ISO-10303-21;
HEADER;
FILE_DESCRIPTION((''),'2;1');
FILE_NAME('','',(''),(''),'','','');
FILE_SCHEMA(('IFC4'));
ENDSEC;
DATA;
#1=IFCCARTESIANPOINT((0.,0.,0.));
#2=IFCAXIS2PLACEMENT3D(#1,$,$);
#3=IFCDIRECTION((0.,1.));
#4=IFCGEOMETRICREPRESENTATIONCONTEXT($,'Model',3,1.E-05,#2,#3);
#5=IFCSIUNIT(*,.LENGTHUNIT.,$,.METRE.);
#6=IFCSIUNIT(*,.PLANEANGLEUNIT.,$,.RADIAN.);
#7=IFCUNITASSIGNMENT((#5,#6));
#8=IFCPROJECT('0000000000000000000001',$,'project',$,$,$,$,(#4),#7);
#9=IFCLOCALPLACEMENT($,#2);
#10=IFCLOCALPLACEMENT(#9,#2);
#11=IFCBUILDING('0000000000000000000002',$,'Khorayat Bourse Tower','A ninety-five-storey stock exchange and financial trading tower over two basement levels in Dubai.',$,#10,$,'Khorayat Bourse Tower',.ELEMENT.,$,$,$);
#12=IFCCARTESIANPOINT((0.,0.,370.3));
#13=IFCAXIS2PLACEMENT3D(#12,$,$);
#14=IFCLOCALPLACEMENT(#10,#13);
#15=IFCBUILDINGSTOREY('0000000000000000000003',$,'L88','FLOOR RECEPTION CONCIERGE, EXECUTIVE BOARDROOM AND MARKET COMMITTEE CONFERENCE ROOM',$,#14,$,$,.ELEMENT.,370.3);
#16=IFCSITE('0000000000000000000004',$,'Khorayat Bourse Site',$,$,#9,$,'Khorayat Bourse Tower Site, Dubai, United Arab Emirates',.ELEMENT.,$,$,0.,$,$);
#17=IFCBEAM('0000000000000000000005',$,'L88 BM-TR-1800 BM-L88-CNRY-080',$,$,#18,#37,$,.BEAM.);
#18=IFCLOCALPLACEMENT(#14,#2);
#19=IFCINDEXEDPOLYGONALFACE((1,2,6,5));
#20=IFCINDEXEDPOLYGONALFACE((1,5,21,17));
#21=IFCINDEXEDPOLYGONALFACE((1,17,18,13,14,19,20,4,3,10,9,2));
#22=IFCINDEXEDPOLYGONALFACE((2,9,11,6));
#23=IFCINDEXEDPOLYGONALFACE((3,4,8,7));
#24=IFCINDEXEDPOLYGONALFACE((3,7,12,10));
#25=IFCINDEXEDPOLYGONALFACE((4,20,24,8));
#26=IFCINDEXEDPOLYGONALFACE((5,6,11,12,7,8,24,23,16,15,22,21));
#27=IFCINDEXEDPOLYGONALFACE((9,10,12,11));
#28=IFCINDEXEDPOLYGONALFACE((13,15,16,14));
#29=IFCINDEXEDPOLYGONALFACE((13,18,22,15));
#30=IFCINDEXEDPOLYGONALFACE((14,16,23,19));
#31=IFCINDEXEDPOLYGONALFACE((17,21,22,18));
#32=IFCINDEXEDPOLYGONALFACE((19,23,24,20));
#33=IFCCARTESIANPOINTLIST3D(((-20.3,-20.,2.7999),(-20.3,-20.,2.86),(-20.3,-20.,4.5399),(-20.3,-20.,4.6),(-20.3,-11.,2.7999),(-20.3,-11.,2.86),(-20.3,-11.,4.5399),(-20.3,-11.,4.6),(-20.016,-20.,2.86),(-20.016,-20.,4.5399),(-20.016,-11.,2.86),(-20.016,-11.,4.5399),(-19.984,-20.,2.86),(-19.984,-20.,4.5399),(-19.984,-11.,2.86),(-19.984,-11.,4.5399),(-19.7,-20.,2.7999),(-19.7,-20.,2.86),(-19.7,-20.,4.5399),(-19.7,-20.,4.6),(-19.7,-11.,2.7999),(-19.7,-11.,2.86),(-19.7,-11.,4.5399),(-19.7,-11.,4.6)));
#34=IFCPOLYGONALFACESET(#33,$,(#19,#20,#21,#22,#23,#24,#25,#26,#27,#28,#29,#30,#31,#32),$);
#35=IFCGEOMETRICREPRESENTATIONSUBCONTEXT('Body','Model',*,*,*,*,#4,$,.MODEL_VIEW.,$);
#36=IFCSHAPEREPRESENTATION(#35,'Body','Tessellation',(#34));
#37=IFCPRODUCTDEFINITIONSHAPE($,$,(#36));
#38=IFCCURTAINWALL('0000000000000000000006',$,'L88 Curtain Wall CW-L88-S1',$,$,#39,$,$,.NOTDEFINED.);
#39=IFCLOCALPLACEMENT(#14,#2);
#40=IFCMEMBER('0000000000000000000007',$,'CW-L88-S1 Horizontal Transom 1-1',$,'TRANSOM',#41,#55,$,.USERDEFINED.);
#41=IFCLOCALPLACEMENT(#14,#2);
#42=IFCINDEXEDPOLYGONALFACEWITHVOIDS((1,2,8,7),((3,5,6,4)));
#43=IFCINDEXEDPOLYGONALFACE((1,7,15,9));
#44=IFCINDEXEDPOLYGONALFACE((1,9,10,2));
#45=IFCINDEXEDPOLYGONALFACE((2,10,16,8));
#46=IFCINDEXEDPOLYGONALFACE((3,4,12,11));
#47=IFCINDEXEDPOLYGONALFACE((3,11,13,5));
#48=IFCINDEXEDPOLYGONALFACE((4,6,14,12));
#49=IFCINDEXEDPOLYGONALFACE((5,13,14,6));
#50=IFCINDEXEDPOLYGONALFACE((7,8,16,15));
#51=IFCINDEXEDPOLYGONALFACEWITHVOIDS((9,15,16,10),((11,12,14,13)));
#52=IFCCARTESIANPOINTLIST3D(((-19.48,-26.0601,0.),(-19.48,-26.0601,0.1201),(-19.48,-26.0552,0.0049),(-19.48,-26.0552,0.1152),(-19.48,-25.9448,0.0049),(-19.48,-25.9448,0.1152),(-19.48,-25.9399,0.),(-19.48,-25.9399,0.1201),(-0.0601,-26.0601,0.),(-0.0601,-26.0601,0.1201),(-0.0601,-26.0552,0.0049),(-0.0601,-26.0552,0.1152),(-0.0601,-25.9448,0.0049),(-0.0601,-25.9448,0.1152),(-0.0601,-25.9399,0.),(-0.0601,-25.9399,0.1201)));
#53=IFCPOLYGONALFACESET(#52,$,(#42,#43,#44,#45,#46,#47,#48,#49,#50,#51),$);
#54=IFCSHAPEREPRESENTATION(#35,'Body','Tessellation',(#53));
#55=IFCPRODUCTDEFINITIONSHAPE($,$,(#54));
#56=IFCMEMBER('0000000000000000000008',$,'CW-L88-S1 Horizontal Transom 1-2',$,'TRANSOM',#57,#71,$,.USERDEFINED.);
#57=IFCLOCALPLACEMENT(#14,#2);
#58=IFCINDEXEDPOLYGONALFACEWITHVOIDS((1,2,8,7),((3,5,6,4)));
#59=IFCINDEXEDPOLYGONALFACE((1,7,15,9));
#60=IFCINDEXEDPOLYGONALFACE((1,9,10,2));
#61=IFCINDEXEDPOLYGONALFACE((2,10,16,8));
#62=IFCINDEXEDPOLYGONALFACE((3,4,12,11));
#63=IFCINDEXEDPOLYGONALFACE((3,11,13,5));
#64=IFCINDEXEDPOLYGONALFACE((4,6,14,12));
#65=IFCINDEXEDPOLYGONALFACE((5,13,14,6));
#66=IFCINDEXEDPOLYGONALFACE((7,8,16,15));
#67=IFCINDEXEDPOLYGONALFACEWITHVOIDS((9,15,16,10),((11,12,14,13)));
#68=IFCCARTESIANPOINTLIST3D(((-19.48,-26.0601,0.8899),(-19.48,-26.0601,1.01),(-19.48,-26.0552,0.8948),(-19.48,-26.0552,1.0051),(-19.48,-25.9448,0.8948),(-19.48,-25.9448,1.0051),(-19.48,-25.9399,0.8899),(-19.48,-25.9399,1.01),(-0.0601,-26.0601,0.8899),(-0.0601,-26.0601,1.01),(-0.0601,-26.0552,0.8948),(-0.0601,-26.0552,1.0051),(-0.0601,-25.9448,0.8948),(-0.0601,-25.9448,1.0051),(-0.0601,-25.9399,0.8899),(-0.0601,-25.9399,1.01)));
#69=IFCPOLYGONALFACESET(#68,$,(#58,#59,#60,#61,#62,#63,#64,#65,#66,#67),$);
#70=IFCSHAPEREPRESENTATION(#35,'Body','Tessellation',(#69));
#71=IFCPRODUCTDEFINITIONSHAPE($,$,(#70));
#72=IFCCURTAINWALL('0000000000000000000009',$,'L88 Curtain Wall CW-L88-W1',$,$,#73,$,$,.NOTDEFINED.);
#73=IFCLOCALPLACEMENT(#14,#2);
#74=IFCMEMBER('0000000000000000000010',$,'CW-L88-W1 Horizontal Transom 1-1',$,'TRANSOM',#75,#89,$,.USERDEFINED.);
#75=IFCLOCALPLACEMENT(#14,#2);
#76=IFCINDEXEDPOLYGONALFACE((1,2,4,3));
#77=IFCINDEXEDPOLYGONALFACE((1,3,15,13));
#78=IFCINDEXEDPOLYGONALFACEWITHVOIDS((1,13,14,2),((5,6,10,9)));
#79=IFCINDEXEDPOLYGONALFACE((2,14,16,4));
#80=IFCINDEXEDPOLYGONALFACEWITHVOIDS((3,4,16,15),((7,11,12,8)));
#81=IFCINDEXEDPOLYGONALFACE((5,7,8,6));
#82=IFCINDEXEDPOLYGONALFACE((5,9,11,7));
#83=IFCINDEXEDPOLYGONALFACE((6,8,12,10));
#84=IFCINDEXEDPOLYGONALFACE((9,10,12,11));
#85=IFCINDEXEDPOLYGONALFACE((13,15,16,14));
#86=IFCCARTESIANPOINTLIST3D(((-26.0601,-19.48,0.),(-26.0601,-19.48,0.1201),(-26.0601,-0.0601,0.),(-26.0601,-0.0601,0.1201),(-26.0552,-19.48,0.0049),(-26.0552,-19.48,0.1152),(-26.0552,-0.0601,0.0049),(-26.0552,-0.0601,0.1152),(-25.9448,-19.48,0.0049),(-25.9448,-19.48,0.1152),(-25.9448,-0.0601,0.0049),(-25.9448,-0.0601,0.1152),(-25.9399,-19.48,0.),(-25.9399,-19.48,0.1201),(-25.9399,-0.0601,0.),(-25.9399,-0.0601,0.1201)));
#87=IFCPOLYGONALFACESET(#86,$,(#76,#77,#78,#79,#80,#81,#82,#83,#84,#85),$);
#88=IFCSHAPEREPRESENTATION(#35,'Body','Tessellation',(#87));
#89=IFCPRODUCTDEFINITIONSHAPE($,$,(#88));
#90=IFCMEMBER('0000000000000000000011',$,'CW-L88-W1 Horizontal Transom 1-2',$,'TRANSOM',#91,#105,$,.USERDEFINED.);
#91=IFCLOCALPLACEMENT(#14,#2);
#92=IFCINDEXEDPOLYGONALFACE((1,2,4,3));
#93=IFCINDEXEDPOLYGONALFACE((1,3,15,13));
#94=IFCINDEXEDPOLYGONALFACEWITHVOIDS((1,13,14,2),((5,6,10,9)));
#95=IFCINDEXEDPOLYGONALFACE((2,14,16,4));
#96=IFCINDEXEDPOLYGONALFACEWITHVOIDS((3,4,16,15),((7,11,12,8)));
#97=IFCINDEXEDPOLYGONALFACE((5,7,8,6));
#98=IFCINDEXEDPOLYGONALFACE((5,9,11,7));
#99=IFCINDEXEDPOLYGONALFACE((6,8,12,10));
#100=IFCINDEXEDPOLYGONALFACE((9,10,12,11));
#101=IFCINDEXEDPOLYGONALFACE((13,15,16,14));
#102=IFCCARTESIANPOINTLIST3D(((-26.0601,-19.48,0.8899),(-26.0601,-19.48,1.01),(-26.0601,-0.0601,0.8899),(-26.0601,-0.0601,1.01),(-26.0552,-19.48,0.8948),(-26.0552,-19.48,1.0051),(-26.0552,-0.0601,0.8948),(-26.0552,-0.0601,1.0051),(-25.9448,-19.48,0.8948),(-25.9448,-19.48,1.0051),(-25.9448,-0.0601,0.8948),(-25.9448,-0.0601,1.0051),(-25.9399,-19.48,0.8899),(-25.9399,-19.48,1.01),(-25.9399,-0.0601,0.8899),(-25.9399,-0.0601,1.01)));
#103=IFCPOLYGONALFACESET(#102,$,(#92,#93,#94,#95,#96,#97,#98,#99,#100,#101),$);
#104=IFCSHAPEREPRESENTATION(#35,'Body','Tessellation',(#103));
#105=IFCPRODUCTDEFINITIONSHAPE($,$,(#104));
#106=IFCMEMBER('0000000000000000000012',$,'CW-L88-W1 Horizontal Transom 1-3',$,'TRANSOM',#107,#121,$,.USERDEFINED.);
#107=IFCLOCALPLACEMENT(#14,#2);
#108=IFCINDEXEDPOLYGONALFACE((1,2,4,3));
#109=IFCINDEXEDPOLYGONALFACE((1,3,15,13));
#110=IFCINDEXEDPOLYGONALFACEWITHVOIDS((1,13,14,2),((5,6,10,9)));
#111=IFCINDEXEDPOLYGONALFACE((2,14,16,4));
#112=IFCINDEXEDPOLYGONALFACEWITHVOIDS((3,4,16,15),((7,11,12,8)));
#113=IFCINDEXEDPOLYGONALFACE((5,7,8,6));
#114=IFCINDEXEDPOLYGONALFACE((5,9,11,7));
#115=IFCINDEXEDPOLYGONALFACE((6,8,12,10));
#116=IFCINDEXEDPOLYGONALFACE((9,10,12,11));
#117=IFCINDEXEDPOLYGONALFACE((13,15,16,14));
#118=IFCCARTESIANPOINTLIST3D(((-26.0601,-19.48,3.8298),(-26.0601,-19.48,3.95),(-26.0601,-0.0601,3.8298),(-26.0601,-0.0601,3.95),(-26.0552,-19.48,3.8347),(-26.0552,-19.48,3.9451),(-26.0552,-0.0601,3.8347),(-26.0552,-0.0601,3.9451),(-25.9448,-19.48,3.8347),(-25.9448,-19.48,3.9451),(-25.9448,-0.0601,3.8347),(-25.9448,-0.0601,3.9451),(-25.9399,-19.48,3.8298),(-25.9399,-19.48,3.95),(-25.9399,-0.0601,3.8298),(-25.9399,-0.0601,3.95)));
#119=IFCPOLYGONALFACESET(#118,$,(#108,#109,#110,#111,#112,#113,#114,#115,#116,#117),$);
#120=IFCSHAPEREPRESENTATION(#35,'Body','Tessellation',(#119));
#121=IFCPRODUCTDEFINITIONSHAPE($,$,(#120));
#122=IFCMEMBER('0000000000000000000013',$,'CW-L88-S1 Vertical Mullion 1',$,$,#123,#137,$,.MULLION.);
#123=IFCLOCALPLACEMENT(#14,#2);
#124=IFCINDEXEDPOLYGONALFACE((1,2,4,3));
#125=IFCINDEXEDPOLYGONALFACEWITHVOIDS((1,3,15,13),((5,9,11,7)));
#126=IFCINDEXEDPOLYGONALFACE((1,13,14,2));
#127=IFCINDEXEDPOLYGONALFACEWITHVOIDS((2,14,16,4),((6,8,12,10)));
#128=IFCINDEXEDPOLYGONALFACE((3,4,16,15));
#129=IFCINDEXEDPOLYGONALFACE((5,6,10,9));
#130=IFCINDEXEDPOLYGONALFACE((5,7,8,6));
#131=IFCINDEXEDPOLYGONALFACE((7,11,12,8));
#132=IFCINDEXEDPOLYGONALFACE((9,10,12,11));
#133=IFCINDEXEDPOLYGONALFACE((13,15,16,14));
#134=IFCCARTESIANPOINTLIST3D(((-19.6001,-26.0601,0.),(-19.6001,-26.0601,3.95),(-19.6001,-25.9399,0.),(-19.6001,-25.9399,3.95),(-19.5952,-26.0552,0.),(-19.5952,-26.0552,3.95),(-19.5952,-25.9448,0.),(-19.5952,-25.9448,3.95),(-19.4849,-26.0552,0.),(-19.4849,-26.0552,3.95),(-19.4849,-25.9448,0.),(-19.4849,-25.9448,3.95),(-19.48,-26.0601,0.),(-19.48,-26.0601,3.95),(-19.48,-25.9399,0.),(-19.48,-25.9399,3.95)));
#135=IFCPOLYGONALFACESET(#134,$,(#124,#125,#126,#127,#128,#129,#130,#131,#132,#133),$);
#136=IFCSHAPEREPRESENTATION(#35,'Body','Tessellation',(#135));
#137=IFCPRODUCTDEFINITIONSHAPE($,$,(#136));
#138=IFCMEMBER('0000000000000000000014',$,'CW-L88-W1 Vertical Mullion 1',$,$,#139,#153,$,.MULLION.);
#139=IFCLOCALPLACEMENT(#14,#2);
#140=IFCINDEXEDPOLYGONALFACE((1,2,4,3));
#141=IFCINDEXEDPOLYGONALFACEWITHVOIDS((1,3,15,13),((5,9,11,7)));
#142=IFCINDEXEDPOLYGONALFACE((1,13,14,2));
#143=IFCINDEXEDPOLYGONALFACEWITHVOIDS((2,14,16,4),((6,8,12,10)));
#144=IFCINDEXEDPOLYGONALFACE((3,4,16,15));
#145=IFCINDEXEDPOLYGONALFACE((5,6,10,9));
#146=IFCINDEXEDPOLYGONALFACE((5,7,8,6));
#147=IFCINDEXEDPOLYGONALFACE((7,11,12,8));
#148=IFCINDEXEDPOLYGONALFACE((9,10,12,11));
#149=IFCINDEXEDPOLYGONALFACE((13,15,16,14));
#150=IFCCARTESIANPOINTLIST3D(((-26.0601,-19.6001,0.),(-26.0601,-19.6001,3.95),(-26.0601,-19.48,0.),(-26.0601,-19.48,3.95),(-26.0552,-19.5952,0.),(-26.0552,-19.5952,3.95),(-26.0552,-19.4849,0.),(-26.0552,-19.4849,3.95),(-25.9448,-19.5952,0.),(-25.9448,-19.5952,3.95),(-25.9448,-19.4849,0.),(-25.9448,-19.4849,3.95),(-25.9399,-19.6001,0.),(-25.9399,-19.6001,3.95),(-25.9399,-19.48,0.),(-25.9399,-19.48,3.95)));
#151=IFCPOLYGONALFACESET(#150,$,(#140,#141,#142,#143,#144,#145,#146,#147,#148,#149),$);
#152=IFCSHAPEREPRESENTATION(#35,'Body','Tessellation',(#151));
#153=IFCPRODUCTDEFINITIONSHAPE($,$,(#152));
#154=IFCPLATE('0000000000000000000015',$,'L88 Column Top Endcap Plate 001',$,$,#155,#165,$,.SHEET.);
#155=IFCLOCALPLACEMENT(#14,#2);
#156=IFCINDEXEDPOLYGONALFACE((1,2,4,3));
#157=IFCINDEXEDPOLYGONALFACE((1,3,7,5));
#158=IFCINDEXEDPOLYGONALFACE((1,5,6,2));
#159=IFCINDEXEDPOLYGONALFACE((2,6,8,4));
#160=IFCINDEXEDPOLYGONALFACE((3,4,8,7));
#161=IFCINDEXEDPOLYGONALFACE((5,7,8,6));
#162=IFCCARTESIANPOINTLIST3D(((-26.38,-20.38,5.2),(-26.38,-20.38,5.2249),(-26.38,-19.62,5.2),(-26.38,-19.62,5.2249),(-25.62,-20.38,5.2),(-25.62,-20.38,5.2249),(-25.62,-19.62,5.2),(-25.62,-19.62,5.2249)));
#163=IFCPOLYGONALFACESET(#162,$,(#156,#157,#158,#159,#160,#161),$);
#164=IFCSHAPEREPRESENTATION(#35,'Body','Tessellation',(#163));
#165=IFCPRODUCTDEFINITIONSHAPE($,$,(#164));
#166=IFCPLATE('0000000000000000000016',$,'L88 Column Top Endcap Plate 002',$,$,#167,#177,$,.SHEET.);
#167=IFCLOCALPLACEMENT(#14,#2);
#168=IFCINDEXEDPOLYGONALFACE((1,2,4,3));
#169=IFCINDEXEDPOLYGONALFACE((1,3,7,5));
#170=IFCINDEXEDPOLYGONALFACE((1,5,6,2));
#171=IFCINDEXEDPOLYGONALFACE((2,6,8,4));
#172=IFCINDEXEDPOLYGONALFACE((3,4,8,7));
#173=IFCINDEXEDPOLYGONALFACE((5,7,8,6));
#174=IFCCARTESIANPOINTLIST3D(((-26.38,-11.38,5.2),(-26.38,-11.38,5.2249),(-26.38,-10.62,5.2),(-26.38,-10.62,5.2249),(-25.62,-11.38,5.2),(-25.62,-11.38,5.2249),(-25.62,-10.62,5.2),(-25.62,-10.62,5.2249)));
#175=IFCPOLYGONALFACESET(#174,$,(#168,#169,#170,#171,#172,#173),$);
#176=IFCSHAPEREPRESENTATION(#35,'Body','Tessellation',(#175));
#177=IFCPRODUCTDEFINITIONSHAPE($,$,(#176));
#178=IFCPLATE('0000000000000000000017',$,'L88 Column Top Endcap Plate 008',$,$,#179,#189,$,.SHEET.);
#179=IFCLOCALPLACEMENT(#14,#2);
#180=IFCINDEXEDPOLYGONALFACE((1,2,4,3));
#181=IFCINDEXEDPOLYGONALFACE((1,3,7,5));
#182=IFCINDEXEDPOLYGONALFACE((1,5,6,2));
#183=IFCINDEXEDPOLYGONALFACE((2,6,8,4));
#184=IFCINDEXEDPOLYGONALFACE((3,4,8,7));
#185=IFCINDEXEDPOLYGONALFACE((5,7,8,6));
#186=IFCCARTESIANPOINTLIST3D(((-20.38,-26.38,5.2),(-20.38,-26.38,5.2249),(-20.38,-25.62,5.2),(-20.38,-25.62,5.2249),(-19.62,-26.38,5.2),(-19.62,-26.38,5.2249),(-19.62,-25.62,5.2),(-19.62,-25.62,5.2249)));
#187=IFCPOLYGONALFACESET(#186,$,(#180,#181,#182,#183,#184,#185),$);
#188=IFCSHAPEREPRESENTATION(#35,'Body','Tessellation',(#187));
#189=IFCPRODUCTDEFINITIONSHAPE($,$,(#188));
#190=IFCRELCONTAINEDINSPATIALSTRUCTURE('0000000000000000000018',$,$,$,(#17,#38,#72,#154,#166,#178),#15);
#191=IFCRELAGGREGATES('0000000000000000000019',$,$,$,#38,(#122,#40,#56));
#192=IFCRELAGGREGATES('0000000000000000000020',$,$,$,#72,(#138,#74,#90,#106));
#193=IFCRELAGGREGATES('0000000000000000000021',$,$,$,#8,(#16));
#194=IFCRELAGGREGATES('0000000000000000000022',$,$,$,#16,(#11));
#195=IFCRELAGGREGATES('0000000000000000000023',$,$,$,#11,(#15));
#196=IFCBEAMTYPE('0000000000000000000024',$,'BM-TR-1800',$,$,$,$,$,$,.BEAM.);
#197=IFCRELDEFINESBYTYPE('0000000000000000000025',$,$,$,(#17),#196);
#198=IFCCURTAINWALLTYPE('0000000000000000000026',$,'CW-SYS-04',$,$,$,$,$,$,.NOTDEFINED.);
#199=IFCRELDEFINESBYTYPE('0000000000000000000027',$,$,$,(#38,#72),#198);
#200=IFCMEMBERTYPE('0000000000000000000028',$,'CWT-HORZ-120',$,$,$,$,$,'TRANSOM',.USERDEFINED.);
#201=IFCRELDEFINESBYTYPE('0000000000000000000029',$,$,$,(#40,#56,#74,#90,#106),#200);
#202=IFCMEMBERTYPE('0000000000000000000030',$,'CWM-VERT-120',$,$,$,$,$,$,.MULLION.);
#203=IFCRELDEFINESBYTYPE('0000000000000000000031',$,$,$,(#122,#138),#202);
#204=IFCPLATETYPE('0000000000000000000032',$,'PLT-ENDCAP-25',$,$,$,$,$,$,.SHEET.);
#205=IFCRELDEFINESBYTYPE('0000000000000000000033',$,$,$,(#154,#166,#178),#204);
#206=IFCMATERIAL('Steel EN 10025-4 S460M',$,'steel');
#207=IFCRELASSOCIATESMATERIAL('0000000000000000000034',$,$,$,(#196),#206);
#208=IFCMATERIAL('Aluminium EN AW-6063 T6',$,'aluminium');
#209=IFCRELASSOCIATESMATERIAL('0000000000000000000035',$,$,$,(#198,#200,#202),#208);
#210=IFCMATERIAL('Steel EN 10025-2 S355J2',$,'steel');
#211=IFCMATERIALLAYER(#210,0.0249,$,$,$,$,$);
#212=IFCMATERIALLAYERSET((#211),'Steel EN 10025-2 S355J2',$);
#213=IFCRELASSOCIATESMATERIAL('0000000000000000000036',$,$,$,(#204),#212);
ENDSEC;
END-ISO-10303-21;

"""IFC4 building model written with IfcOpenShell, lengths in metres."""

from ifc_helpers import new_model, si_unit, direction, frame, origin, origin_2d, place, context, subcontext, project, spatial, rectangle, hollow_rectangle, i_section, extrude, source, transform, mapped, material, layer, layer_set, material_profile, profile_set, type_object, element, aggregate, save


model = new_model("IFC4")

# Units and contexts
model_context = context("Model", 3, precision=1e-05, world=origin(), true_north=direction((0.0, 1.0)))
body_context = subcontext(model_context, "Body", "Model", "MODEL_VIEW")
ifc_project = project(units=[si_unit("LENGTHUNIT", "METRE"), si_unit("PLANEANGLEUNIT", "RADIAN")], contexts=[model_context])

# Site, building, storey
site_placement = place(None, origin())
site = spatial("IfcSite", under=ifc_project, at=site_placement, Name="Khorayat Bourse Site", LongName="Khorayat Bourse Tower Site, Dubai, United Arab Emirates", CompositionType="ELEMENT", RefElevation=0.0)
building_placement = place(site_placement, origin())
building = spatial("IfcBuilding", under=site, at=building_placement, Name="Khorayat Bourse Tower", Description="A ninety-five-storey stock exchange and financial trading tower over two basement levels in Dubai.", LongName="Khorayat Bourse Tower", CompositionType="ELEMENT")
storey_placement = place(building_placement, frame((0.0, 0.0, 370.3)))
storey = spatial("IfcBuildingStorey", under=building, at=storey_placement, Name="L88", Description="FLOOR RECEPTION CONCIERGE, EXECUTIVE BOARDROOM AND MARKET COMMITTEE CONFERENCE ROOM", CompositionType="ELEMENT", Elevation=370.3)

# Shared definitions
ifc_material_1 = material(Name="Steel EN 10025-2 S355J2", Category="steel")

# Beam
ifc_material_2 = material(Name="Steel EN 10025-4 S460M", Category="steel")
ifc_material_profile_1 = material_profile(ifc_material_2, i_section(OverallWidth=0.6001, OverallDepth=1.8, WebThickness=0.032, FlangeThickness=0.0601, at=origin_2d()), Name="PG 1800x600x32x60")
ifc_profile_set_1 = profile_set([ifc_material_profile_1], Name="Steel EN 10025-4 S460M")
beam_type_1 = type_object("IfcBeamType", Name="BM-TR-1800", PredefinedType="BEAM", material=ifc_profile_set_1)
shared_shape_1 = source(origin(), body_context, "Body", "SweptSolid", [
    extrude(i_section(OverallWidth=0.6001, OverallDepth=1.8, WebThickness=0.032, FlangeThickness=0.0601, at=origin_2d()), origin(), (0.0, 0.0, 1.0), 9.0),
])
beam_1_placement = place(storey_placement, frame((-20.0, -20.0, 3.7), z_axis=(0.0, 1.0, 0.0), x_axis=(-1.0, 0.0, 0.0)))
element("IfcBeam", 1, at=beam_1_placement, inside=storey, type_object=beam_type_1, Name="L88 BM-TR-1800 BM-L88-CNRY-080", PredefinedType="BEAM", context=body_context, shape_type="MappedRepresentation", body=[
    mapped(shared_shape_1, transform((0.0, 0.0, 0.0), scale=1.0)),
])

# Curtain walls, members
ifc_material_3 = material(Name="Aluminium EN AW-6063 T6", Category="aluminium")
curtain_wall_type = type_object("IfcCurtainWallType", Name="CW-SYS-04", PredefinedType="NOTDEFINED", material=ifc_material_3)
curtain_wall_1_placement = place(storey_placement, origin())
curtain_wall_1 = element("IfcCurtainWall", 2, at=curtain_wall_1_placement, inside=storey, type_object=curtain_wall_type, Name="L88 Curtain Wall CW-L88-S1", PredefinedType="NOTDEFINED")
ifc_material_profile_2 = material_profile(ifc_material_3, hollow_rectangle(XDim=0.1201, YDim=0.1201, WallThickness=0.0049, at=origin_2d()), Name="ALU 120x120x5")
ifc_profile_set_2 = profile_set([ifc_material_profile_2], Name="Aluminium EN AW-6063 T6")
member_type_1 = type_object("IfcMemberType", Name="CWT-HORZ-120", ElementType="TRANSOM", PredefinedType="USERDEFINED", material=ifc_profile_set_2)
shared_shape_2 = source(origin(), body_context, "Body", "SweptSolid", [
    extrude(hollow_rectangle(XDim=0.1201, YDim=0.1201, WallThickness=0.0049, at=origin_2d()), origin(), (0.0, 0.0, 1.0), 19.4199),
])
member_1_placement = place(storey_placement, frame((-19.48, -26.0, 0.0601), z_axis=(1.0, 0.0, 0.0), x_axis=(0.0, 1.0, 0.0)))
member_1 = element("IfcMember", 3, at=member_1_placement, type_object=member_type_1, Name="CW-L88-S1 Horizontal Transom 1-1", ObjectType="TRANSOM", PredefinedType="USERDEFINED", context=body_context, shape_type="MappedRepresentation", body=[
    mapped(shared_shape_2, transform((0.0, 0.0, 0.0), scale=1.0)),
])
member_2_placement = place(storey_placement, frame((-19.48, -26.0, 0.95), z_axis=(1.0, 0.0, 0.0), x_axis=(0.0, 1.0, 0.0)))
member_2 = element("IfcMember", 4, at=member_2_placement, type_object=member_type_1, Name="CW-L88-S1 Horizontal Transom 1-2", ObjectType="TRANSOM", PredefinedType="USERDEFINED", context=body_context, shape_type="MappedRepresentation", body=[
    mapped(shared_shape_2, transform((0.0, 0.0, 0.0), scale=1.0)),
])
curtain_wall_2_placement = place(storey_placement, origin())
curtain_wall_2 = element("IfcCurtainWall", 5, at=curtain_wall_2_placement, inside=storey, type_object=curtain_wall_type, Name="L88 Curtain Wall CW-L88-W1", PredefinedType="NOTDEFINED")
member_3_placement = place(storey_placement, frame((-26.0, -19.48, 0.0601), z_axis=(0.0, 1.0, 0.0), x_axis=(-1.0, 0.0, 0.0)))
member_3 = element("IfcMember", 6, at=member_3_placement, type_object=member_type_1, Name="CW-L88-W1 Horizontal Transom 1-1", ObjectType="TRANSOM", PredefinedType="USERDEFINED", context=body_context, shape_type="MappedRepresentation", body=[
    mapped(shared_shape_2, transform((0.0, 0.0, 0.0), scale=1.0)),
])
member_4_placement = place(storey_placement, frame((-26.0, -19.48, 0.95), z_axis=(0.0, 1.0, 0.0), x_axis=(-1.0, 0.0, 0.0)))
member_4 = element("IfcMember", 7, at=member_4_placement, type_object=member_type_1, Name="CW-L88-W1 Horizontal Transom 1-2", ObjectType="TRANSOM", PredefinedType="USERDEFINED", context=body_context, shape_type="MappedRepresentation", body=[
    mapped(shared_shape_2, transform((0.0, 0.0, 0.0), scale=1.0)),
])
member_5_placement = place(storey_placement, frame((-26.0, -19.48, 3.8899), z_axis=(0.0, 1.0, 0.0), x_axis=(-1.0, 0.0, 0.0)))
member_5 = element("IfcMember", 8, at=member_5_placement, type_object=member_type_1, Name="CW-L88-W1 Horizontal Transom 1-3", ObjectType="TRANSOM", PredefinedType="USERDEFINED", context=body_context, shape_type="MappedRepresentation", body=[
    mapped(shared_shape_2, transform((0.0, 0.0, 0.0), scale=1.0)),
])

# Members
ifc_material_profile_3 = material_profile(ifc_material_3, hollow_rectangle(XDim=0.1201, YDim=0.1201, WallThickness=0.0049, at=origin_2d()), Name="ALU 120x120x5")
ifc_profile_set_3 = profile_set([ifc_material_profile_3], Name="Aluminium EN AW-6063 T6")
member_type_2 = type_object("IfcMemberType", Name="CWM-VERT-120", PredefinedType="MULLION", material=ifc_profile_set_3)
shared_shape_3 = source(origin(), body_context, "Body", "SweptSolid", [
    extrude(hollow_rectangle(XDim=0.1201, YDim=0.1201, WallThickness=0.0049, at=origin_2d()), origin(), (0.0, 0.0, 1.0), 3.95),
])
member_6_placement = place(storey_placement, frame((-19.54, -26.0, 0.0), z_axis=(0.0, 0.0, 1.0), x_axis=(0.0, 1.0, 0.0)))
member_6 = element("IfcMember", 9, at=member_6_placement, type_object=member_type_2, Name="CW-L88-S1 Vertical Mullion 1", PredefinedType="MULLION", context=body_context, shape_type="MappedRepresentation", body=[
    mapped(shared_shape_3, transform((0.0, 0.0, 0.0), scale=1.0)),
])
aggregate(curtain_wall_1, [member_6, member_1, member_2])
member_7_placement = place(storey_placement, frame((-26.0, -19.54, 0.0), z_axis=(0.0, 0.0, 1.0), x_axis=(-1.0, 0.0, 0.0)))
member_7 = element("IfcMember", 10, at=member_7_placement, type_object=member_type_2, Name="CW-L88-W1 Vertical Mullion 1", PredefinedType="MULLION", context=body_context, shape_type="MappedRepresentation", body=[
    mapped(shared_shape_3, transform((0.0, 0.0, 0.0), scale=1.0)),
])
aggregate(curtain_wall_2, [member_7, member_3, member_4, member_5])

# Plates
ifc_layer_1 = layer(ifc_material_1, 0.0249)
ifc_layer_set_1 = layer_set([ifc_layer_1], Name="Steel EN 10025-2 S355J2")
plate_type = type_object("IfcPlateType", Name="PLT-ENDCAP-25", PredefinedType="SHEET", material=ifc_layer_set_1)
shared_shape_4 = source(origin(), body_context, "Body", "SweptSolid", [
    extrude(rectangle(XDim=0.76, YDim=0.76, at=origin_2d()), origin(), (0.0, 0.0, 1.0), 0.0249),
])
for number, where, z_axis, x_axis, name in (
    (11, (-26.0, -20.0, 5.2), (0.0, 0.0, 1.0), (1.0, 0.0, 0.0), "L88 Column Top Endcap Plate 001"),
    (12, (-26.0, -11.0, 5.2), (0.0, 0.0, 1.0), (1.0, 0.0, 0.0), "L88 Column Top Endcap Plate 002"),
    (13, (-20.0, -26.0, 5.2), (0.0, 0.0, 1.0), (1.0, 0.0, 0.0), "L88 Column Top Endcap Plate 008"),
):
    element("IfcPlate", number, at=place(storey_placement, frame(where, z_axis=z_axis, x_axis=x_axis)), inside=storey, type_object=plate_type, Name=name, PredefinedType="SHEET", context=body_context, shape_type="MappedRepresentation", body=[
        mapped(shared_shape_4, transform((0.0, 0.0, 0.0), scale=1.0)),
    ])

save(model, "model.ifc")
